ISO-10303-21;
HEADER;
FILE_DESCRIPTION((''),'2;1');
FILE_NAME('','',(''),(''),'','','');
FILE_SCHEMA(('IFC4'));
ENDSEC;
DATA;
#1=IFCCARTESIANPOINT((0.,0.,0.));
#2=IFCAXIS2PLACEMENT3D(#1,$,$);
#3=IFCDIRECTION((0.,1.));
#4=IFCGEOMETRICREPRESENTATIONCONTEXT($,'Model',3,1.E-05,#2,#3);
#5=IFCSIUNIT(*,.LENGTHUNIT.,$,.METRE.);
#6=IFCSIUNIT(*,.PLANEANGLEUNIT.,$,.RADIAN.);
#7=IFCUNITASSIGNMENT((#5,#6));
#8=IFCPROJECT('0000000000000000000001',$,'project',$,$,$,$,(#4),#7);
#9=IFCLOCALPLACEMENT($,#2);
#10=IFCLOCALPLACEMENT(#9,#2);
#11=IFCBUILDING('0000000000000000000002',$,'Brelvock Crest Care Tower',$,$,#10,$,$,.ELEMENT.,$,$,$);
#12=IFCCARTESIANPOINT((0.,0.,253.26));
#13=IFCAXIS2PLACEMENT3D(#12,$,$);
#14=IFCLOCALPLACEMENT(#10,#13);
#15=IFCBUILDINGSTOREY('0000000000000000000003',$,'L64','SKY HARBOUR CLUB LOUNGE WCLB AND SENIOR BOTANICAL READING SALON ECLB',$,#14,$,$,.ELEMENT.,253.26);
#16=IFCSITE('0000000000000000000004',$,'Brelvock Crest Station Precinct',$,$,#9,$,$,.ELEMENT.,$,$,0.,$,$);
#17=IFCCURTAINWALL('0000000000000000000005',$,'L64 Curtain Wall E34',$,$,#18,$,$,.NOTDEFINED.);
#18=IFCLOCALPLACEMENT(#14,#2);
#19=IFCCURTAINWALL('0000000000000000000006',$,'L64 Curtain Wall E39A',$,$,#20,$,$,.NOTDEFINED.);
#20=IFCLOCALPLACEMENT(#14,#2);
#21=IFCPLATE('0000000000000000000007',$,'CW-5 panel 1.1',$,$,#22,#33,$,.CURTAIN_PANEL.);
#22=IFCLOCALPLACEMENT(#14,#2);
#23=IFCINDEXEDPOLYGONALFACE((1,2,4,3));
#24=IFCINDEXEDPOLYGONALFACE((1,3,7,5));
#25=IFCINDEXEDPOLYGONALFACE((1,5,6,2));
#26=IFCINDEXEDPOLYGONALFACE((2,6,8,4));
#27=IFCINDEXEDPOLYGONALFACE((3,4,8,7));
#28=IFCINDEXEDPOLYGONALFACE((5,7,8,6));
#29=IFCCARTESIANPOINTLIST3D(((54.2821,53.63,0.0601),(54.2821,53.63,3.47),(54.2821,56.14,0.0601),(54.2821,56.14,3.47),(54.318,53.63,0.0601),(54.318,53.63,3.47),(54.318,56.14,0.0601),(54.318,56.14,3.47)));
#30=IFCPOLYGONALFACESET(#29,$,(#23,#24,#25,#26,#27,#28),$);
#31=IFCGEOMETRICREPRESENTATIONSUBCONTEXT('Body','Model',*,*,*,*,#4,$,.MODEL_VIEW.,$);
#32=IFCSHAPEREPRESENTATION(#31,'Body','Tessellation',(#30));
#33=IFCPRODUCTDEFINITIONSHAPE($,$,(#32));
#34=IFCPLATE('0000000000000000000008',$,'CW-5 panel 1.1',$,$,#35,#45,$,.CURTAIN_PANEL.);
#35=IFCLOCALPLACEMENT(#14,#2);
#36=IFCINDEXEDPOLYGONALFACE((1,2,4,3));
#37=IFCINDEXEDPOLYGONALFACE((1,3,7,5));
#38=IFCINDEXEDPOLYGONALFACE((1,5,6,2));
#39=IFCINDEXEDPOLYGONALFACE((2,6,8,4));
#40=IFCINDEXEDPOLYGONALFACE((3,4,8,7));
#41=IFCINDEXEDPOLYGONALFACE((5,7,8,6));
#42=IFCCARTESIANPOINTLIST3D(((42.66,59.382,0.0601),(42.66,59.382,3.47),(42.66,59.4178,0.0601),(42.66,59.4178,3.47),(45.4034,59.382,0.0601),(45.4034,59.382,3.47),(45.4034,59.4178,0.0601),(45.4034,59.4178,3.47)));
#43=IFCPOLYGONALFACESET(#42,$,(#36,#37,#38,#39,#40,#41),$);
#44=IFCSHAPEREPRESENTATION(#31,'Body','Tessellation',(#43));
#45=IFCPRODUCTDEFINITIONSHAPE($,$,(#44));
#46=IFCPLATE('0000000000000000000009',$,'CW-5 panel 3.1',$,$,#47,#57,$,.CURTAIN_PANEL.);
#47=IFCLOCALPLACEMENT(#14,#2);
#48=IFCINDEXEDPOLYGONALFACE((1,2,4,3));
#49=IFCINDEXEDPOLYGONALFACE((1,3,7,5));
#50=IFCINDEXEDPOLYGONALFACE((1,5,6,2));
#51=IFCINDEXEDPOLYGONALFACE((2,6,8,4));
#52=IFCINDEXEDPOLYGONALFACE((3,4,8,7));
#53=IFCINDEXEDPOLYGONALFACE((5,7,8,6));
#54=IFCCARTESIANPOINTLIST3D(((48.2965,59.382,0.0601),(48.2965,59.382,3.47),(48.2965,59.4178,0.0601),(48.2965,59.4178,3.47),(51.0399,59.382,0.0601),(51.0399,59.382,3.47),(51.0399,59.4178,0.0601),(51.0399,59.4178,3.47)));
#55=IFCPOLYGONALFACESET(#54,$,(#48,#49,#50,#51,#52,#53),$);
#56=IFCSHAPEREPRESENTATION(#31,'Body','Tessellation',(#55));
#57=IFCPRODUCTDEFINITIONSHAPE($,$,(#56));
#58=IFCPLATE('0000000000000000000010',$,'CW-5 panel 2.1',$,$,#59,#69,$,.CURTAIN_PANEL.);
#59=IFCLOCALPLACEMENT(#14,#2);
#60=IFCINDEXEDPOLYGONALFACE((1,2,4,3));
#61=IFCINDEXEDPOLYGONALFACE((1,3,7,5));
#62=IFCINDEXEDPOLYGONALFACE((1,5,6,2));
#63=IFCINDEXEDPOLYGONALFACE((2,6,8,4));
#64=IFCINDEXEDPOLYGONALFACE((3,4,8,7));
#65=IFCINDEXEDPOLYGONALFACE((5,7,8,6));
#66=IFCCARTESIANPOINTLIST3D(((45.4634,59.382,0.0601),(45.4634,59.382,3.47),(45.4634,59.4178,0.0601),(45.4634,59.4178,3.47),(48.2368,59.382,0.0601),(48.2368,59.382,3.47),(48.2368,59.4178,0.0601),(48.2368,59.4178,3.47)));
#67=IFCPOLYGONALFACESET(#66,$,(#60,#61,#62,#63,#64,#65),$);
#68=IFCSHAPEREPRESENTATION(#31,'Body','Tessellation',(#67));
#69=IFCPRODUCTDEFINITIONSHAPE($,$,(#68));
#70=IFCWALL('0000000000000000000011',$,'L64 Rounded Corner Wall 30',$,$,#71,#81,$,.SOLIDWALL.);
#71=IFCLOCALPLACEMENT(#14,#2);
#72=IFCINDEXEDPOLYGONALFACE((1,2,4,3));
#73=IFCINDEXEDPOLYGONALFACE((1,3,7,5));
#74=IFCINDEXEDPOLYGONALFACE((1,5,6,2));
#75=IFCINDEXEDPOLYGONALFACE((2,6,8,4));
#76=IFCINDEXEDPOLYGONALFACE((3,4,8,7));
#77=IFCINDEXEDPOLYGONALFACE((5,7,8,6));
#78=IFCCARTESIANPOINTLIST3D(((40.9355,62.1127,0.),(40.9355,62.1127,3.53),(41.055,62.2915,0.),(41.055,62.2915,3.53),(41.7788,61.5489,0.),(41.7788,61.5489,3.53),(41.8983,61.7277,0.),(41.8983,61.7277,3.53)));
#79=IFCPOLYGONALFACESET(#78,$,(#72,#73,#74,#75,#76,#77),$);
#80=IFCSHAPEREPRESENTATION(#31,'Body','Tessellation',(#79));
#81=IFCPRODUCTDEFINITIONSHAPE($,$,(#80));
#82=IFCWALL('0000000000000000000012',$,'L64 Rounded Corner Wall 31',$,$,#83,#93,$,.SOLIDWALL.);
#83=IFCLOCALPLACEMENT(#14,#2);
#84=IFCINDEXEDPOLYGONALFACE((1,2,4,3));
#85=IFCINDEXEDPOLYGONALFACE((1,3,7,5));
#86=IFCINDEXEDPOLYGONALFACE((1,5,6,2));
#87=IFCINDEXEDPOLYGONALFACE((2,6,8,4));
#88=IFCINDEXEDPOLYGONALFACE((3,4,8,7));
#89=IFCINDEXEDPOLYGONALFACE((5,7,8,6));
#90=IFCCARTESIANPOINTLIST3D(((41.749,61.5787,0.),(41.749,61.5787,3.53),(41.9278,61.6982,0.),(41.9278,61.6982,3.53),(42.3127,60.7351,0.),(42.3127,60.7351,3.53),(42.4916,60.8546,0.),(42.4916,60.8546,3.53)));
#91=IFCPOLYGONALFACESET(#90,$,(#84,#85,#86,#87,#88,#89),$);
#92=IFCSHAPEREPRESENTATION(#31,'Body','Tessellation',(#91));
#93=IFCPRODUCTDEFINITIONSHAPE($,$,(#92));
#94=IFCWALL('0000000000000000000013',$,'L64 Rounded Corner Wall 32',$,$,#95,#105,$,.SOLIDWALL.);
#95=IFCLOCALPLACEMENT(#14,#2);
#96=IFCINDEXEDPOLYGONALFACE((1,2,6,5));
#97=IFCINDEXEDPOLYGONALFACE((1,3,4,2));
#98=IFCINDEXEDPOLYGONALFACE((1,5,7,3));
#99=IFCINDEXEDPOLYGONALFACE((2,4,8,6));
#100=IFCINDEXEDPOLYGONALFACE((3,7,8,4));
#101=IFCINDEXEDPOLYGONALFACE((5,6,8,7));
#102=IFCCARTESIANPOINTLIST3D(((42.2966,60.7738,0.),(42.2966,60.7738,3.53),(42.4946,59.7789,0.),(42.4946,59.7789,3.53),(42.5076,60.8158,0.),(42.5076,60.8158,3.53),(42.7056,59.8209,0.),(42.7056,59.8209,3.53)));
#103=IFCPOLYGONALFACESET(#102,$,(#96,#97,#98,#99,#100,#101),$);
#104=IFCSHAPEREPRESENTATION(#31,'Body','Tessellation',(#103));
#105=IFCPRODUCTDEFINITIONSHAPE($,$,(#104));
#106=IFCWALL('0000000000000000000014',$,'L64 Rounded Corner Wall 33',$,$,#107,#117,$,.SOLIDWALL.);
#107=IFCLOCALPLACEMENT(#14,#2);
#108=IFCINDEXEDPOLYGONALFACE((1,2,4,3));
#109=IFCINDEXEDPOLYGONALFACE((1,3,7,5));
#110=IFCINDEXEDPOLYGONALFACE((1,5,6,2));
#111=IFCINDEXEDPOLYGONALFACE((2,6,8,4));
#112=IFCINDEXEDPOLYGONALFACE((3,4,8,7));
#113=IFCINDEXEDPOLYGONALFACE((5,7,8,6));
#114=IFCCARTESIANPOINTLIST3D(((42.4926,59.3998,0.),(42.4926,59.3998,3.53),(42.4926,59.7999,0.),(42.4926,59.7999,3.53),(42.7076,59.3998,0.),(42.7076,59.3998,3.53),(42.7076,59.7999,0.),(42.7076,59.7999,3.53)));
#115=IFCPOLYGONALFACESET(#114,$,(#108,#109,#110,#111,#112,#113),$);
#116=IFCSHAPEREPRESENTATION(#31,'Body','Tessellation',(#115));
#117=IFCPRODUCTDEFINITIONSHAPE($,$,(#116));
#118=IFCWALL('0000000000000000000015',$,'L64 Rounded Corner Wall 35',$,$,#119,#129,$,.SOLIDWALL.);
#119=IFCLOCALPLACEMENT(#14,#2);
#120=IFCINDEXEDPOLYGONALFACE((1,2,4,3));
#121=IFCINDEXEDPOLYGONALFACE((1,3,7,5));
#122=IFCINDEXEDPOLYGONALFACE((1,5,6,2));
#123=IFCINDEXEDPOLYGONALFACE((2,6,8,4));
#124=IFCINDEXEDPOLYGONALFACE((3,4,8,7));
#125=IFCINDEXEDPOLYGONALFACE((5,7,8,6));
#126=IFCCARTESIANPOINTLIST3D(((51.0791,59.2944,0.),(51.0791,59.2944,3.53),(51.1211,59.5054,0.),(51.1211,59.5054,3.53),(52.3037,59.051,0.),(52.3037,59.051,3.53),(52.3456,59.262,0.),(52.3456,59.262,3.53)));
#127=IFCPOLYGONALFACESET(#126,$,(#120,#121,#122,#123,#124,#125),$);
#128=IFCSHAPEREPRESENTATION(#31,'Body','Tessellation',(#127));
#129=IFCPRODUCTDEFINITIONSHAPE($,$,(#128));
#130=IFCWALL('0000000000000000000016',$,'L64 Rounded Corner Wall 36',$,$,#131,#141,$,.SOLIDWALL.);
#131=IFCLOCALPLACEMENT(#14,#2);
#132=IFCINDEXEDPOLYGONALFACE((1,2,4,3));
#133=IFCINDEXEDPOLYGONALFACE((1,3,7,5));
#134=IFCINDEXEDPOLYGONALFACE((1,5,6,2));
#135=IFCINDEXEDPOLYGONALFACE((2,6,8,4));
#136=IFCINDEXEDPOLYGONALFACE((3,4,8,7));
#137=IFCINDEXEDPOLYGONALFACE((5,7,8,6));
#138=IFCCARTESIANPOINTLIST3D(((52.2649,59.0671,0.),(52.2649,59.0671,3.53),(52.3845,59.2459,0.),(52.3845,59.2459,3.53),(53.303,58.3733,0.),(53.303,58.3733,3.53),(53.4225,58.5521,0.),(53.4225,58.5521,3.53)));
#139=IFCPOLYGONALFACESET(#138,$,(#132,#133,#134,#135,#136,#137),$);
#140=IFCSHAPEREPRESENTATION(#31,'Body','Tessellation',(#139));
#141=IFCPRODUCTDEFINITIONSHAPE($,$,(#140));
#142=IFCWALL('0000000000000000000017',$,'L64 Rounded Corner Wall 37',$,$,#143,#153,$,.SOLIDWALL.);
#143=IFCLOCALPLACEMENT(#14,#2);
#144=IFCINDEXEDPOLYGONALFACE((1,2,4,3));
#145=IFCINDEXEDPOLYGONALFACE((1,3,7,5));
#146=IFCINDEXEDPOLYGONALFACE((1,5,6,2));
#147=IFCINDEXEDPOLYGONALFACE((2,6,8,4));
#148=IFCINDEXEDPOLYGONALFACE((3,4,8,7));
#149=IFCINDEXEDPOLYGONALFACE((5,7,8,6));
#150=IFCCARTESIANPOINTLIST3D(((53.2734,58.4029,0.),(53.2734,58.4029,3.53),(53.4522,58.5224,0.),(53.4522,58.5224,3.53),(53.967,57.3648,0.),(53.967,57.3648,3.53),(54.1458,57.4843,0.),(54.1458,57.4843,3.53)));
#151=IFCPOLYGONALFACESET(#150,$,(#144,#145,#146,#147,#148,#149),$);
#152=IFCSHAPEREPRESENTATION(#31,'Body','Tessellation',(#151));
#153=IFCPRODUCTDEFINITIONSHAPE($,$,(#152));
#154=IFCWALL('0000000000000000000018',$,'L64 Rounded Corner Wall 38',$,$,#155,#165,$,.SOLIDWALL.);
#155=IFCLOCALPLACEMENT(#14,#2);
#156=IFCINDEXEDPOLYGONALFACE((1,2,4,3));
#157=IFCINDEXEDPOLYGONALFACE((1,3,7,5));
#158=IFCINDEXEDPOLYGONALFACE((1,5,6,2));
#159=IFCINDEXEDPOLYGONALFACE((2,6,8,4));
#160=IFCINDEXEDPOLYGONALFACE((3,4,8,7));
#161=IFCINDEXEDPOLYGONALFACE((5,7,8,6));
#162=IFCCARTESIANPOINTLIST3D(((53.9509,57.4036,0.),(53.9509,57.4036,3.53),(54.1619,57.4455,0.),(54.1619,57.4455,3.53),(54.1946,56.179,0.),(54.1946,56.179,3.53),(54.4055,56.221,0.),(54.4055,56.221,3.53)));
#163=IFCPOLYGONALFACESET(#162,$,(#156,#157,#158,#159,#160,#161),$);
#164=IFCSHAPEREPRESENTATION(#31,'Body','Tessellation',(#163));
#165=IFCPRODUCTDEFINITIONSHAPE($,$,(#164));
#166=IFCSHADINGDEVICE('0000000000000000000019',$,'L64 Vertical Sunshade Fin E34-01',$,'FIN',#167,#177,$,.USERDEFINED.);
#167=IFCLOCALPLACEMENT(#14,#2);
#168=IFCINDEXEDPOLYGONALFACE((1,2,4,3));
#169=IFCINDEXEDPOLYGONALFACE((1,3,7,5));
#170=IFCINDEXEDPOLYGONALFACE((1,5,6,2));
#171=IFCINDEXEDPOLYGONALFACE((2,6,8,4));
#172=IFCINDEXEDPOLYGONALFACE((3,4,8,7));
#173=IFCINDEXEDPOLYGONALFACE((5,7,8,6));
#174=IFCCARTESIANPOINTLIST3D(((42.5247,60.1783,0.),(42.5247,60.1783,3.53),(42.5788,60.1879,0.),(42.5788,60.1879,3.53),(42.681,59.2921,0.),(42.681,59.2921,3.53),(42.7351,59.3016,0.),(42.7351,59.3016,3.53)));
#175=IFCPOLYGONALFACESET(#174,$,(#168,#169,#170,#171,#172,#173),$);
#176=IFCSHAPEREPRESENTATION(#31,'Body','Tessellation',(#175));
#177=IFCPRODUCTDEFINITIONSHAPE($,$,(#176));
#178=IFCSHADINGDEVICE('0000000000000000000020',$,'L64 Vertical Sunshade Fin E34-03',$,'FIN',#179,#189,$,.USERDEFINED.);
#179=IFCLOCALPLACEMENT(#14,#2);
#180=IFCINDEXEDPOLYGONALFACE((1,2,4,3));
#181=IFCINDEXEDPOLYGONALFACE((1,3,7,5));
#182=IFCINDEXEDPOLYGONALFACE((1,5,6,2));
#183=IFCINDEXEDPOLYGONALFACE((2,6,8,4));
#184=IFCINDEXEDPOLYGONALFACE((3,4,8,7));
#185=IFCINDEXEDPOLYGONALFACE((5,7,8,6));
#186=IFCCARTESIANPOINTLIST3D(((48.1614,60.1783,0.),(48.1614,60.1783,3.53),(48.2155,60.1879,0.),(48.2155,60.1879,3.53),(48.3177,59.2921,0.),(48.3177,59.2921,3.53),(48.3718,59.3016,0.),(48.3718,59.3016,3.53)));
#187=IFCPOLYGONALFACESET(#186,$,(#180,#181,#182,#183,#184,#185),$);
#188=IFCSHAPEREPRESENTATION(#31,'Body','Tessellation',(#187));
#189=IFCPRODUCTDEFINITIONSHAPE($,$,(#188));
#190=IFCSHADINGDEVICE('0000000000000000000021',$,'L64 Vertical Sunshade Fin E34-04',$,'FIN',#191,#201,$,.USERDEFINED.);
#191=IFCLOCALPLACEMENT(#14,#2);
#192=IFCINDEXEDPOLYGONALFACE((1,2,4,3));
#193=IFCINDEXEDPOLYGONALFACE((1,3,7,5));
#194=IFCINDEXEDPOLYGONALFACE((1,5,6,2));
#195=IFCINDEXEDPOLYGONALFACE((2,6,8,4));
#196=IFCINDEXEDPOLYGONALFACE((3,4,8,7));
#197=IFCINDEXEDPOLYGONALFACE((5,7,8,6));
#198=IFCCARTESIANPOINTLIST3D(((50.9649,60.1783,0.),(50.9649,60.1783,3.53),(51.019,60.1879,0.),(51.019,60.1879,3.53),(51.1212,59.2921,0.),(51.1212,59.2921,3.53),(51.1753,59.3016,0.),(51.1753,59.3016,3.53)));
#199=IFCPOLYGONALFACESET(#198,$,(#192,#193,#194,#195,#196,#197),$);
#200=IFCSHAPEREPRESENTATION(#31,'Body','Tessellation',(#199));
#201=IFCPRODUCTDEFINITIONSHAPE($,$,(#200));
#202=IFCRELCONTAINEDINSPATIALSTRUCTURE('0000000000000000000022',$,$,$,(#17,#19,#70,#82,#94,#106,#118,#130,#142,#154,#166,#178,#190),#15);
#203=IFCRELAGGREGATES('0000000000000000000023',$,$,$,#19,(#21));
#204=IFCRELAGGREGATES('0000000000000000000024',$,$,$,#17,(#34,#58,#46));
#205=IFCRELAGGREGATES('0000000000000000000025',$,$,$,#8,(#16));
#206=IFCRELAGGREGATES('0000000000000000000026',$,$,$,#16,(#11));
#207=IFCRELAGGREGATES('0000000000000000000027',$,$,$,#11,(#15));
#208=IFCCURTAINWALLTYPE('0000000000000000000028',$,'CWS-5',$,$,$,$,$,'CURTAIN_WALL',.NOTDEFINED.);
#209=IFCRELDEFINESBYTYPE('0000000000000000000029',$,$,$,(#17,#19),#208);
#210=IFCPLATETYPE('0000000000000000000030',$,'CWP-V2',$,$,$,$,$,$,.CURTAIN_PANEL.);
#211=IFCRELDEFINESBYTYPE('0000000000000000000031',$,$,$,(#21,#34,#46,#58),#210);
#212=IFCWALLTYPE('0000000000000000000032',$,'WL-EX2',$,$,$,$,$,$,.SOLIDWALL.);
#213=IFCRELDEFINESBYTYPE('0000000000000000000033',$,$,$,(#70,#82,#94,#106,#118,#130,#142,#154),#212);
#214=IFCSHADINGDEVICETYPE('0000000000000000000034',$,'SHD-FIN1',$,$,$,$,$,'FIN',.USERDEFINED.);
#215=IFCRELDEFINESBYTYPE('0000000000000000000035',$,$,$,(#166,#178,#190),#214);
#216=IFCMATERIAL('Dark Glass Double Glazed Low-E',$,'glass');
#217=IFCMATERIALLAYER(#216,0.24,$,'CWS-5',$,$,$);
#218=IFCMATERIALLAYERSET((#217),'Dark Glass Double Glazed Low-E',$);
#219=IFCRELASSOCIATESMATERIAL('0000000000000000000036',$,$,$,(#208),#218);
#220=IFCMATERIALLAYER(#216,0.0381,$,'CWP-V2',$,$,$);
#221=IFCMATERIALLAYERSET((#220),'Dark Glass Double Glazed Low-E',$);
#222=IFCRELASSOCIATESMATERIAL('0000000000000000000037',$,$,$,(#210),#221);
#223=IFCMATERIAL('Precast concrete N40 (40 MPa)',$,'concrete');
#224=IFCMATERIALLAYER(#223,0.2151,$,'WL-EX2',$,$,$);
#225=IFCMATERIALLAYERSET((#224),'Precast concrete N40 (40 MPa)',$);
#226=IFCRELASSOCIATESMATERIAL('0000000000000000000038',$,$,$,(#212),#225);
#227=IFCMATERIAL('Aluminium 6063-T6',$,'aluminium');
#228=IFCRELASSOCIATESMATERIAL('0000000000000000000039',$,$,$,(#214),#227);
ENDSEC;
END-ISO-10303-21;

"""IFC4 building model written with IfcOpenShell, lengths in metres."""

from ifc_helpers import new_model, si_unit, direction, frame, frame_2d, origin, origin_2d, place, context, subcontext, project, spatial, rectangle, extrude, source, transform, mapped, material, layer, layer_set, material_profile, profile_set, type_object, element, aggregate, save


model = new_model("IFC4")

# Units and contexts
model_context = context("Model", 3, precision=1e-05, world=origin(), true_north=direction((0.0, 1.0)))
body_context = subcontext(model_context, "Body", "Model", "MODEL_VIEW")
ifc_project = project(units=[si_unit("LENGTHUNIT", "METRE"), si_unit("PLANEANGLEUNIT", "RADIAN")], contexts=[model_context])

# Site, building, storey
site_placement = place(None, origin())
site = spatial("IfcSite", under=ifc_project, at=site_placement, Name="Brelvock Crest Station Precinct", CompositionType="ELEMENT", RefElevation=0.0)
building_placement = place(site_placement, origin())
building = spatial("IfcBuilding", under=site, at=building_placement, Name="Brelvock Crest Care Tower", CompositionType="ELEMENT")
storey_placement = place(building_placement, frame((0.0, 0.0, 253.26)))
storey = spatial("IfcBuildingStorey", under=building, at=storey_placement, Name="L64", Description="SKY HARBOUR CLUB LOUNGE WCLB AND SENIOR BOTANICAL READING SALON ECLB", CompositionType="ELEMENT", Elevation=253.26)

# Curtain walls
ifc_material_1 = material(Name="Dark Glass Double Glazed Low-E", Category="glass")
ifc_layer_1 = layer(ifc_material_1, 0.24, Name="CWS-5")
ifc_layer_set_1 = layer_set([ifc_layer_1], Name="Dark Glass Double Glazed Low-E")
curtain_wall_type = type_object("IfcCurtainWallType", Name="CWS-5", ElementType="CURTAIN_WALL", PredefinedType="NOTDEFINED", material=ifc_layer_set_1)
curtain_wall_1_placement = place(storey_placement, origin())
curtain_wall_1 = element("IfcCurtainWall", 1, at=curtain_wall_1_placement, inside=storey, type_object=curtain_wall_type, Name="L64 Curtain Wall E34", PredefinedType="NOTDEFINED")
ifc_material_2 = material(Name="Aluminium 6063-T6", Category="aluminium")
curtain_wall_2_placement = place(storey_placement, origin())
curtain_wall_2 = element("IfcCurtainWall", 2, at=curtain_wall_2_placement, inside=storey, type_object=curtain_wall_type, Name="L64 Curtain Wall E39A", PredefinedType="NOTDEFINED")

# Plates
ifc_layer_2 = layer(ifc_material_1, 0.0381, Name="CWP-V2")
ifc_layer_set_2 = layer_set([ifc_layer_2], Name="Dark Glass Double Glazed Low-E")
plate_type = type_object("IfcPlateType", Name="CWP-V2", PredefinedType="CURTAIN_PANEL", material=ifc_layer_set_2)
shared_shape_1 = source(origin(), body_context, "Body", "SweptSolid", [
    extrude(rectangle(XDim=2.51, YDim=0.0359, at=origin_2d()), origin(), (0.0, 0.0, 1.0), 3.4099),
])
plate_1_placement = place(storey_placement, frame((54.3, 54.885, 0.0601), z_axis=(0.0, 0.0, 1.0), x_axis=(0.0, -1.0, 0.0)))
plate_1 = element("IfcPlate", 3, at=plate_1_placement, type_object=plate_type, Name="CW-5 panel 1.1", PredefinedType="CURTAIN_PANEL", context=body_context, shape_type="MappedRepresentation", body=[
    mapped(shared_shape_1, transform((0.0, 0.0, 0.0), x_axis=(1.0, 0.0, 0.0), y_axis=(0.0, 1.0, 0.0), z_axis=(0.0, 0.0, 1.0), scale=1.0)),
])
aggregate(curtain_wall_2, [plate_1])
shared_shape_2 = source(origin(), body_context, "Body", "SweptSolid", [
    extrude(rectangle(XDim=2.7434, YDim=0.0359, at=origin_2d()), origin(), (0.0, 0.0, 1.0), 3.4099),
])
plate_2_placement = place(storey_placement, frame((44.0317, 59.3999, 0.0601), z_axis=(0.0, 0.0, 1.0), x_axis=(1.0, 0.0, 0.0)))
plate_2 = element("IfcPlate", 4, at=plate_2_placement, type_object=plate_type, Name="CW-5 panel 1.1", PredefinedType="CURTAIN_PANEL", context=body_context, shape_type="MappedRepresentation", body=[
    mapped(shared_shape_2, transform((0.0, 0.0, 0.0), x_axis=(1.0, 0.0, 0.0), y_axis=(0.0, 1.0, 0.0), z_axis=(0.0, 0.0, 1.0), scale=1.0)),
])
plate_3_placement = place(storey_placement, frame((49.6682, 59.3999, 0.0601), z_axis=(0.0, 0.0, 1.0), x_axis=(1.0, 0.0, 0.0)))
plate_3 = element("IfcPlate", 5, at=plate_3_placement, type_object=plate_type, Name="CW-5 panel 3.1", PredefinedType="CURTAIN_PANEL", context=body_context, shape_type="MappedRepresentation", body=[
    mapped(shared_shape_2, transform((0.0, 0.0, 0.0), x_axis=(1.0, 0.0, 0.0), y_axis=(0.0, 1.0, 0.0), z_axis=(0.0, 0.0, 1.0), scale=1.0)),
])
shared_shape_3 = source(origin(), body_context, "Body", "SweptSolid", [
    extrude(rectangle(XDim=2.7734, YDim=0.0359, at=origin_2d()), origin(), (0.0, 0.0, 1.0), 3.4099),
])
plate_4_placement = place(storey_placement, frame((46.8501, 59.3999, 0.0601), z_axis=(0.0, 0.0, 1.0), x_axis=(1.0, 0.0, 0.0)))
plate_4 = element("IfcPlate", 6, at=plate_4_placement, type_object=plate_type, Name="CW-5 panel 2.1", PredefinedType="CURTAIN_PANEL", context=body_context, shape_type="MappedRepresentation", body=[
    mapped(shared_shape_3, transform((0.0, 0.0, 0.0), x_axis=(1.0, 0.0, 0.0), y_axis=(0.0, 1.0, 0.0), z_axis=(0.0, 0.0, 1.0), scale=1.0)),
])
aggregate(curtain_wall_1, [plate_2, plate_4, plate_3])

# Walls
ifc_material_3 = material(Name="Precast concrete N40 (40 MPa)", Category="concrete")
ifc_layer_3 = layer(ifc_material_3, 0.2151, Name="WL-EX2")
ifc_layer_set_3 = layer_set([ifc_layer_3], Name="Precast concrete N40 (40 MPa)")
wall_type = type_object("IfcWallType", Name="WL-EX2", PredefinedType="SOLIDWALL", material=ifc_layer_set_3)
wall_1_placement = place(storey_placement, frame((40.9951, 62.2021, 0.0), z_axis=(0.0, 0.0, 1.0), x_axis=(0.831346, -0.555755, 0.0)))
element("IfcWall", 7, at=wall_1_placement, inside=storey, type_object=wall_type, Name="L64 Rounded Corner Wall 30", PredefinedType="SOLIDWALL", context=body_context, shape_type="SweptSolid", body=[
    extrude(rectangle(XDim=1.0144, YDim=0.2151, at=frame_2d((0.5073, 0.0))), origin(), (0.0, 0.0, 1.0), 3.53),
])
wall_2_placement = place(storey_placement, frame((41.8384, 61.6384, 0.0), z_axis=(0.0, 0.0, 1.0), x_axis=(0.555644, -0.83142, 0.0)))
element("IfcWall", 8, at=wall_2_placement, inside=storey, type_object=wall_type, Name="L64 Rounded Corner Wall 31", PredefinedType="SOLIDWALL", context=body_context, shape_type="SweptSolid", body=[
    extrude(rectangle(XDim=1.0146, YDim=0.2151, at=frame_2d((0.5073, 0.0))), origin(), (0.0, 0.0, 1.0), 3.53),
])
wall_3_placement = place(storey_placement, frame((42.4021, 60.7949, 0.0), z_axis=(0.0, 0.0, 1.0), x_axis=(0.19519, -0.980765, 0.0)))
element("IfcWall", 9, at=wall_3_placement, inside=storey, type_object=wall_type, Name="L64 Rounded Corner Wall 32", PredefinedType="SOLIDWALL", context=body_context, shape_type="SweptSolid", body=[
    extrude(rectangle(XDim=1.0144, YDim=0.2151, at=frame_2d((0.5073, 0.0))), origin(), (0.0, 0.0, 1.0), 3.53),
])
wall_4_placement = place(storey_placement, frame((42.6001, 59.8, 0.0), z_axis=(0.0, 0.0, 1.0), x_axis=(0.0, -1.0, 0.0)))
element("IfcWall", 10, at=wall_4_placement, inside=storey, type_object=wall_type, Name="L64 Rounded Corner Wall 33", PredefinedType="SOLIDWALL", context=body_context, shape_type="SweptSolid", body=[
    extrude(rectangle(XDim=0.4001, YDim=0.2151, at=frame_2d((0.2002, 0.0))), origin(), (0.0, 0.0, 1.0), 3.53),
])
for number, where, z_axis, x_axis, name in (
    (11, (51.1001, 59.3999, 0.0), (0.0, 0.0, 1.0), (0.980813, -0.19495, 0.0), "L64 Rounded Corner Wall 35"),
    (12, (52.3247, 59.1565, 0.0), (0.0, 0.0, 1.0), (0.831388, -0.555692, 0.0), "L64 Rounded Corner Wall 36"),
    (13, (53.3628, 58.4626, 0.0), (0.0, 0.0, 1.0), (0.555557, -0.831478, 0.0), "L64 Rounded Corner Wall 37"),
    (14, (54.0564, 57.4246, 0.0), (0.0, 0.0, 1.0), (0.195138, -0.980776, 0.0), "L64 Rounded Corner Wall 38"),
):
    element("IfcWall", number, at=place(storey_placement, frame(where, z_axis=z_axis, x_axis=x_axis)), inside=storey, type_object=wall_type, Name=name, PredefinedType="SOLIDWALL", context=body_context, shape_type="SweptSolid", body=[
        extrude(rectangle(XDim=1.2485, YDim=0.2151, at=frame_2d((0.6243, 0.0))), origin(), (0.0, 0.0, 1.0), 3.53),
    ])

# Shading devices
ifc_material_profile_1 = material_profile(ifc_material_2, rectangle(XDim=0.0549, YDim=0.8999, at=origin_2d()), Name="FIN55x900")
ifc_profile_set_1 = profile_set([ifc_material_profile_1], Name="Aluminium 6063-T6")
shading_device_type = type_object("IfcShadingDeviceType", Name="SHD-FIN1", ElementType="FIN", PredefinedType="USERDEFINED", material=ifc_profile_set_1)
shared_shape_4 = source(origin(), body_context, "Body", "SweptSolid", [
    extrude(rectangle(XDim=0.0549, YDim=0.8999, at=origin_2d()), origin(), (0.0, 0.0, 1.0), 3.53),
])
for number, where, z_axis, x_axis, name in (
    (15, (42.6299, 59.74, 0.0), (0.0, 0.0, 1.0), (0.984808, 0.173648, 0.0), "L64 Vertical Sunshade Fin E34-01"),
    (16, (48.2666, 59.74, 0.0), (0.0, 0.0, 1.0), (0.984808, 0.173648, 0.0), "L64 Vertical Sunshade Fin E34-03"),
    (17, (51.0701, 59.74, 0.0), (0.0, 0.0, 1.0), (0.984808, 0.173648, 0.0), "L64 Vertical Sunshade Fin E34-04"),
):
    element("IfcShadingDevice", number, at=place(storey_placement, frame(where, z_axis=z_axis, x_axis=x_axis)), inside=storey, type_object=shading_device_type, Name=name, ObjectType="FIN", PredefinedType="USERDEFINED", context=body_context, shape_type="MappedRepresentation", body=[
        mapped(shared_shape_4, transform((0.0, 0.0, 0.0), x_axis=(1.0, 0.0, 0.0), y_axis=(0.0, 1.0, 0.0), z_axis=(0.0, 0.0, 1.0), scale=1.0)),
    ])

save(model, "model.ifc")
